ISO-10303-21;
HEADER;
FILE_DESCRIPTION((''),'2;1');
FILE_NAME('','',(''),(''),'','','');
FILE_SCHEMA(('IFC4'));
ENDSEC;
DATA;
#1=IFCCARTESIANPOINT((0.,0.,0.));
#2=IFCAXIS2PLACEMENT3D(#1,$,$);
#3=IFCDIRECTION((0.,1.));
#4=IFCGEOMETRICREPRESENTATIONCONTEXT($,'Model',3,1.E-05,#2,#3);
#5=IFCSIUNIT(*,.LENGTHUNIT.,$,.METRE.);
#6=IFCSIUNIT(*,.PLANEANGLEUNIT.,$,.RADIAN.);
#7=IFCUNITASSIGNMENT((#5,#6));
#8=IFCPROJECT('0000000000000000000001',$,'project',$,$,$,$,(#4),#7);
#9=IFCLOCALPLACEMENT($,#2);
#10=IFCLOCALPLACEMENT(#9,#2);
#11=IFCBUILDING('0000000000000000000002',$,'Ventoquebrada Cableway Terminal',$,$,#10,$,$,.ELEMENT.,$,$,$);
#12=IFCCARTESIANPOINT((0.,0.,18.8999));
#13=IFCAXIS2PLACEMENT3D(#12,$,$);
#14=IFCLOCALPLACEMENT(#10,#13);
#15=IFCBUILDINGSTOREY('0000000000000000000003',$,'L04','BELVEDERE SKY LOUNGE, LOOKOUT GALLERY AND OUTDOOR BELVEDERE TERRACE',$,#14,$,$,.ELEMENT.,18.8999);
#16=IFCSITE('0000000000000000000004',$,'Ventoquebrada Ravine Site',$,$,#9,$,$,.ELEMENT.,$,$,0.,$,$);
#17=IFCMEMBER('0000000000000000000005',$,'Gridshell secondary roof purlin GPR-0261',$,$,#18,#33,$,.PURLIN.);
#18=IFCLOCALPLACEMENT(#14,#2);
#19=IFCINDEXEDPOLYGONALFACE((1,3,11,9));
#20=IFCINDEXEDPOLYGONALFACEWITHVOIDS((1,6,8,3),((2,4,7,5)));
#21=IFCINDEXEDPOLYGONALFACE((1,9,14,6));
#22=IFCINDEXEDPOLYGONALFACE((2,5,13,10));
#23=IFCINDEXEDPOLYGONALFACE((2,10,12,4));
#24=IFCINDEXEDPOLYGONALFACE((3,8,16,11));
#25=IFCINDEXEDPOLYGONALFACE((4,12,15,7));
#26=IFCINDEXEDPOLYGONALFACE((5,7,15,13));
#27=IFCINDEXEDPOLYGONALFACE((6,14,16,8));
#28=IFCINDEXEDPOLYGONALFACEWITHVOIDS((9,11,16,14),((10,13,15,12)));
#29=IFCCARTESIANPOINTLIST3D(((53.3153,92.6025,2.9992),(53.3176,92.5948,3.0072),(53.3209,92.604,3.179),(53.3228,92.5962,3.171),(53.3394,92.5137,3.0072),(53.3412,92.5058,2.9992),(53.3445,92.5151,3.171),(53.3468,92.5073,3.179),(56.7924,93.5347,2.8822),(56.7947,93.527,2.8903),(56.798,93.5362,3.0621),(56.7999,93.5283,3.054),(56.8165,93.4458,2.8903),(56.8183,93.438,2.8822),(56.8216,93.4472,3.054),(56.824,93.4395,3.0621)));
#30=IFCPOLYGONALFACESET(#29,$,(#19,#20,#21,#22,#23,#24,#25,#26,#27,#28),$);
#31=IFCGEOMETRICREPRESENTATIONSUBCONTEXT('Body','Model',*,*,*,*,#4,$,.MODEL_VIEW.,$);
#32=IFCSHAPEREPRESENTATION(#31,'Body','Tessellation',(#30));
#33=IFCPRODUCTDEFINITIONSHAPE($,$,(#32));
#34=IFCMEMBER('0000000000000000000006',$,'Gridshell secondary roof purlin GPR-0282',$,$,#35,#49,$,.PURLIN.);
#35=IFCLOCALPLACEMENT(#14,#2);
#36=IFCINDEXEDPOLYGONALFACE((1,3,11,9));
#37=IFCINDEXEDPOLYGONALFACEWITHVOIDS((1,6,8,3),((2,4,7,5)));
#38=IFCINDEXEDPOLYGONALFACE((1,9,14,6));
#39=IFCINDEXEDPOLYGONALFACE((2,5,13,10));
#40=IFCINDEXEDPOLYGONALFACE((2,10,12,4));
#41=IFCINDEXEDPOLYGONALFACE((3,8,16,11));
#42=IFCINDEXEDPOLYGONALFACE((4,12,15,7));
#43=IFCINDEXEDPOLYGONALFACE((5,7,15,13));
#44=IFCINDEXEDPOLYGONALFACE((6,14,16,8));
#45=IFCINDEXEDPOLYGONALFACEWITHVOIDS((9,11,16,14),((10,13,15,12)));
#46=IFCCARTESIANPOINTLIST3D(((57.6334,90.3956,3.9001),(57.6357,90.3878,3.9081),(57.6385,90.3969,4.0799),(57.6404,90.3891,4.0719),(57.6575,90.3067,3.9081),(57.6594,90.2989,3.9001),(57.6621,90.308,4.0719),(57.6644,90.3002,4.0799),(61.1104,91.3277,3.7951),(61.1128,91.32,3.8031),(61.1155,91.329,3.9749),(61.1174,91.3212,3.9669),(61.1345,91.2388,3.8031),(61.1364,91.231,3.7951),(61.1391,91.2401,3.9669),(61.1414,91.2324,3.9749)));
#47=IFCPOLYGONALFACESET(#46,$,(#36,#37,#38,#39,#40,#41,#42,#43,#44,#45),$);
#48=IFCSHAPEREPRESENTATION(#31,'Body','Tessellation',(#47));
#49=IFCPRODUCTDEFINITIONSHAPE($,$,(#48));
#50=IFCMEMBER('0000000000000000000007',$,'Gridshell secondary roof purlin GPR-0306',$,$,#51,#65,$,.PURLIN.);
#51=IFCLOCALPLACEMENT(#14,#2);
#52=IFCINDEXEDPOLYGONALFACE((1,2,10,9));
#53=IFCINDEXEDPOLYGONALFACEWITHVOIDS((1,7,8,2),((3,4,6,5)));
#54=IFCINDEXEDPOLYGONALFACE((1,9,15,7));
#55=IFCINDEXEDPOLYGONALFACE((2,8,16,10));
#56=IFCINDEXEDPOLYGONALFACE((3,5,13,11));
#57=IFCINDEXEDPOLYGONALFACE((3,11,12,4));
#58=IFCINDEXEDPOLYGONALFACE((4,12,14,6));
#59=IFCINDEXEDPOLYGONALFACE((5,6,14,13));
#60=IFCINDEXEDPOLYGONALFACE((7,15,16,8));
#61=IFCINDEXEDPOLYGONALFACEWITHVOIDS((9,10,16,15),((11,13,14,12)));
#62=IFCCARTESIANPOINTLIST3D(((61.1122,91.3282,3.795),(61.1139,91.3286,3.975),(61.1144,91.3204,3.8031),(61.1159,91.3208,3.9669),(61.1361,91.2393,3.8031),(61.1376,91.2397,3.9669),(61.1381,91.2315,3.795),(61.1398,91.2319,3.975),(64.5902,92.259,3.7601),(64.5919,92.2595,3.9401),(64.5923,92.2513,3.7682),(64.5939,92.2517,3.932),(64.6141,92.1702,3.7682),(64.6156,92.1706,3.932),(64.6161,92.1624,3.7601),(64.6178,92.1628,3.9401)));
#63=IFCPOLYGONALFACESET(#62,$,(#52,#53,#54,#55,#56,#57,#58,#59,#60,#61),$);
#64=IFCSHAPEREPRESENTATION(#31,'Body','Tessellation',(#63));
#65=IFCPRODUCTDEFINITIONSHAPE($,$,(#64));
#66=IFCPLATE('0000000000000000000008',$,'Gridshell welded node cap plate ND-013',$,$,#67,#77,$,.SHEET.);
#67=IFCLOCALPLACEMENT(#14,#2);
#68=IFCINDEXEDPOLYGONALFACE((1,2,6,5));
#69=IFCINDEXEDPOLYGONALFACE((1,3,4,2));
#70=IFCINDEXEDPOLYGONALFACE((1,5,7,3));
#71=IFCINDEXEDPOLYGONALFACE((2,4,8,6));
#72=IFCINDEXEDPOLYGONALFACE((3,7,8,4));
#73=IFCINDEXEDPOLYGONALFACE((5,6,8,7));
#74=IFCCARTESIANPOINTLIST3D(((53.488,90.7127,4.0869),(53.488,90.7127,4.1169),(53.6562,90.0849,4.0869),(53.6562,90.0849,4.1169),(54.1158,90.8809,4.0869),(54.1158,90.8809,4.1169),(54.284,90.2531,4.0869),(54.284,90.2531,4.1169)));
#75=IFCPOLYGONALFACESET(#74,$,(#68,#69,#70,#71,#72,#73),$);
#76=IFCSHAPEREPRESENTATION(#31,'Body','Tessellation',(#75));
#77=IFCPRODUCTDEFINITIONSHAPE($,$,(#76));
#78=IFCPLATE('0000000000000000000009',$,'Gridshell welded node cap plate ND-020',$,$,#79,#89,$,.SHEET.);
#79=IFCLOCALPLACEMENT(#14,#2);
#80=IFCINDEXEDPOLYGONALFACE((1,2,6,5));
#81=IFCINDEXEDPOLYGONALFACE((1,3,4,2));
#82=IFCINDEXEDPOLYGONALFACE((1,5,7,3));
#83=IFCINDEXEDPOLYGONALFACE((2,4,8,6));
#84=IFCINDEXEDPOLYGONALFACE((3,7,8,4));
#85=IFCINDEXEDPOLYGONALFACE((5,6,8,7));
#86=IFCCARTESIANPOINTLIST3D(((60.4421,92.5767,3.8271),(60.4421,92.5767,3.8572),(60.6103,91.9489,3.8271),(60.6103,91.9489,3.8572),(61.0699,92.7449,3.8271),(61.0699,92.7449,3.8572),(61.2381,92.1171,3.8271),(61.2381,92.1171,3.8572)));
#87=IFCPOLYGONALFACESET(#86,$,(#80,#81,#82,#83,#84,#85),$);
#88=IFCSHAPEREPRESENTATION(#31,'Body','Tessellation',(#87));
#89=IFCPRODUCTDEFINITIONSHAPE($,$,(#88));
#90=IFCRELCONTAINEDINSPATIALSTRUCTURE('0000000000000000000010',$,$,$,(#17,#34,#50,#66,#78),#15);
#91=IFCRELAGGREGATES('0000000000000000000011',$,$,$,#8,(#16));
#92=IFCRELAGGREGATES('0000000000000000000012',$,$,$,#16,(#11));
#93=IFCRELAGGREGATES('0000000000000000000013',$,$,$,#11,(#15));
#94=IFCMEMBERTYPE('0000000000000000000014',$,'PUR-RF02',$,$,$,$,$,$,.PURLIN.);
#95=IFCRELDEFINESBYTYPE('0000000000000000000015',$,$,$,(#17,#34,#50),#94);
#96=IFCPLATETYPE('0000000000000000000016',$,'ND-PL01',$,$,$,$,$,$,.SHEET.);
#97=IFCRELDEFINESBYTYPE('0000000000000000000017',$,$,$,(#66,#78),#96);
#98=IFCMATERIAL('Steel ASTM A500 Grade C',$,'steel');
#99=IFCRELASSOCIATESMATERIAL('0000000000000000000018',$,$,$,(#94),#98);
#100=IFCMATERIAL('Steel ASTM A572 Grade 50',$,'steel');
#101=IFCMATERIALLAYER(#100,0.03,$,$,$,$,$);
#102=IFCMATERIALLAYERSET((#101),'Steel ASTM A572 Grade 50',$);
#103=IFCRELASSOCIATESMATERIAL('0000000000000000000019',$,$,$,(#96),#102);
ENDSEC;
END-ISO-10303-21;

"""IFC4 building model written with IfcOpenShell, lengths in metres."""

from ifc_helpers import new_model, si_unit, direction, frame, origin, origin_2d, place, context, subcontext, project, spatial, rectangle, hollow_rectangle, extrude, material, layer, layer_set, material_profile, profile_set, type_object, element, save


model = new_model("IFC4")

# Units and contexts
model_context = context("Model", 3, precision=1e-05, world=origin(), true_north=direction((0.0, 1.0)))
body_context = subcontext(model_context, "Body", "Model", "MODEL_VIEW")
ifc_project = project(units=[si_unit("LENGTHUNIT", "METRE"), si_unit("PLANEANGLEUNIT", "RADIAN")], contexts=[model_context])

# Site, building, storey
site_placement = place(None, origin())
site = spatial("IfcSite", under=ifc_project, at=site_placement, Name="Ventoquebrada Ravine Site", CompositionType="ELEMENT", RefElevation=0.0)
building_placement = place(site_placement, origin())
building = spatial("IfcBuilding", under=site, at=building_placement, Name="Ventoquebrada Cableway Terminal", CompositionType="ELEMENT")
storey_placement = place(building_placement, frame((0.0, 0.0, 18.8999)))
storey = spatial("IfcBuildingStorey", under=building, at=storey_placement, Name="L04", Description="BELVEDERE SKY LOUNGE, LOOKOUT GALLERY AND OUTDOOR BELVEDERE TERRACE", CompositionType="ELEMENT", Elevation=18.8999)

# Shared definitions
ifc_material_1 = material(Name="Steel ASTM A500 Grade C", Category="steel")

# Members
ifc_material_profile_1 = material_profile(ifc_material_1, hollow_rectangle(XDim=0.1001, YDim=0.1799, WallThickness=0.0081, at=origin_2d()), Name="RHS180X100X8")
ifc_profile_set_1 = profile_set([ifc_material_profile_1], Name="Steel ASTM A500 Grade C")
member_type_1 = type_object("IfcMemberType", Name="PUR-RF02", PredefinedType="PURLIN", material=ifc_profile_set_1)
member_1_placement = place(storey_placement, frame((53.3311, 92.5549, 3.0891), z_axis=(0.965385, 0.258801, -0.032469), x_axis=(-0.258937, 0.965894, 0.0)))
element("IfcMember", 1, at=member_1_placement, inside=storey, type_object=member_type_1, Name="Gridshell secondary roof purlin GPR-0261", PredefinedType="PURLIN", context=body_context, shape_type="SweptSolid", body=[
    extrude(hollow_rectangle(XDim=0.1001, YDim=0.1799, WallThickness=0.0081, at=origin_2d()), origin(), (0.0, 0.0, 1.0), 3.6018),
])
member_2_placement = place(storey_placement, frame((57.6489, 90.3479, 3.99), z_axis=(0.965484, 0.258827, -0.02915), x_axis=(-0.258937, 0.965894, 0.0)))
element("IfcMember", 2, at=member_2_placement, inside=storey, type_object=member_type_1, Name="Gridshell secondary roof purlin GPR-0282", PredefinedType="PURLIN", context=body_context, shape_type="SweptSolid", body=[
    extrude(hollow_rectangle(XDim=0.1001, YDim=0.1799, WallThickness=0.0081, at=origin_2d()), origin(), (0.0, 0.0, 1.0), 3.6013),
])
member_3_placement = place(storey_placement, frame((61.126, 91.28, 3.885), z_axis=(0.965952, 0.258541, -0.009696), x_axis=(-0.258553, 0.965997, 0.0)))
element("IfcMember", 3, at=member_3_placement, inside=storey, type_object=member_type_1, Name="Gridshell secondary roof purlin GPR-0306", PredefinedType="PURLIN", context=body_context, shape_type="SweptSolid", body=[
    extrude(hollow_rectangle(XDim=0.1001, YDim=0.1799, WallThickness=0.0081, at=origin_2d()), origin(), (0.0, 0.0, 1.0), 3.6006),
])

# Plates
ifc_material_2 = material(Name="Steel ASTM A572 Grade 50", Category="steel")
ifc_layer_1 = layer(ifc_material_2, 0.03)
ifc_layer_set_1 = layer_set([ifc_layer_1], Name="Steel ASTM A572 Grade 50")
plate_type = type_object("IfcPlateType", Name="ND-PL01", PredefinedType="SHEET", material=ifc_layer_set_1)
for number, where, z_axis, x_axis, name in (
    (4, (53.886, 90.4829, 4.0869), (0.0, 0.0, 1.0), (0.965926, 0.258819, 0.0), "Gridshell welded node cap plate ND-013"),
    (5, (60.8401, 92.3469, 3.8271), (0.0, 0.0, 1.0), (0.965926, 0.258819, 0.0), "Gridshell welded node cap plate ND-020"),
):
    element("IfcPlate", number, at=place(storey_placement, frame(where, z_axis=z_axis, x_axis=x_axis)), inside=storey, type_object=plate_type, Name=name, PredefinedType="SHEET", context=body_context, shape_type="SweptSolid", body=[
        extrude(rectangle(XDim=0.6499, YDim=0.6499, at=origin_2d()), origin(), (0.0, 0.0, 1.0), 0.03),
    ])

save(model, "model.ifc")
